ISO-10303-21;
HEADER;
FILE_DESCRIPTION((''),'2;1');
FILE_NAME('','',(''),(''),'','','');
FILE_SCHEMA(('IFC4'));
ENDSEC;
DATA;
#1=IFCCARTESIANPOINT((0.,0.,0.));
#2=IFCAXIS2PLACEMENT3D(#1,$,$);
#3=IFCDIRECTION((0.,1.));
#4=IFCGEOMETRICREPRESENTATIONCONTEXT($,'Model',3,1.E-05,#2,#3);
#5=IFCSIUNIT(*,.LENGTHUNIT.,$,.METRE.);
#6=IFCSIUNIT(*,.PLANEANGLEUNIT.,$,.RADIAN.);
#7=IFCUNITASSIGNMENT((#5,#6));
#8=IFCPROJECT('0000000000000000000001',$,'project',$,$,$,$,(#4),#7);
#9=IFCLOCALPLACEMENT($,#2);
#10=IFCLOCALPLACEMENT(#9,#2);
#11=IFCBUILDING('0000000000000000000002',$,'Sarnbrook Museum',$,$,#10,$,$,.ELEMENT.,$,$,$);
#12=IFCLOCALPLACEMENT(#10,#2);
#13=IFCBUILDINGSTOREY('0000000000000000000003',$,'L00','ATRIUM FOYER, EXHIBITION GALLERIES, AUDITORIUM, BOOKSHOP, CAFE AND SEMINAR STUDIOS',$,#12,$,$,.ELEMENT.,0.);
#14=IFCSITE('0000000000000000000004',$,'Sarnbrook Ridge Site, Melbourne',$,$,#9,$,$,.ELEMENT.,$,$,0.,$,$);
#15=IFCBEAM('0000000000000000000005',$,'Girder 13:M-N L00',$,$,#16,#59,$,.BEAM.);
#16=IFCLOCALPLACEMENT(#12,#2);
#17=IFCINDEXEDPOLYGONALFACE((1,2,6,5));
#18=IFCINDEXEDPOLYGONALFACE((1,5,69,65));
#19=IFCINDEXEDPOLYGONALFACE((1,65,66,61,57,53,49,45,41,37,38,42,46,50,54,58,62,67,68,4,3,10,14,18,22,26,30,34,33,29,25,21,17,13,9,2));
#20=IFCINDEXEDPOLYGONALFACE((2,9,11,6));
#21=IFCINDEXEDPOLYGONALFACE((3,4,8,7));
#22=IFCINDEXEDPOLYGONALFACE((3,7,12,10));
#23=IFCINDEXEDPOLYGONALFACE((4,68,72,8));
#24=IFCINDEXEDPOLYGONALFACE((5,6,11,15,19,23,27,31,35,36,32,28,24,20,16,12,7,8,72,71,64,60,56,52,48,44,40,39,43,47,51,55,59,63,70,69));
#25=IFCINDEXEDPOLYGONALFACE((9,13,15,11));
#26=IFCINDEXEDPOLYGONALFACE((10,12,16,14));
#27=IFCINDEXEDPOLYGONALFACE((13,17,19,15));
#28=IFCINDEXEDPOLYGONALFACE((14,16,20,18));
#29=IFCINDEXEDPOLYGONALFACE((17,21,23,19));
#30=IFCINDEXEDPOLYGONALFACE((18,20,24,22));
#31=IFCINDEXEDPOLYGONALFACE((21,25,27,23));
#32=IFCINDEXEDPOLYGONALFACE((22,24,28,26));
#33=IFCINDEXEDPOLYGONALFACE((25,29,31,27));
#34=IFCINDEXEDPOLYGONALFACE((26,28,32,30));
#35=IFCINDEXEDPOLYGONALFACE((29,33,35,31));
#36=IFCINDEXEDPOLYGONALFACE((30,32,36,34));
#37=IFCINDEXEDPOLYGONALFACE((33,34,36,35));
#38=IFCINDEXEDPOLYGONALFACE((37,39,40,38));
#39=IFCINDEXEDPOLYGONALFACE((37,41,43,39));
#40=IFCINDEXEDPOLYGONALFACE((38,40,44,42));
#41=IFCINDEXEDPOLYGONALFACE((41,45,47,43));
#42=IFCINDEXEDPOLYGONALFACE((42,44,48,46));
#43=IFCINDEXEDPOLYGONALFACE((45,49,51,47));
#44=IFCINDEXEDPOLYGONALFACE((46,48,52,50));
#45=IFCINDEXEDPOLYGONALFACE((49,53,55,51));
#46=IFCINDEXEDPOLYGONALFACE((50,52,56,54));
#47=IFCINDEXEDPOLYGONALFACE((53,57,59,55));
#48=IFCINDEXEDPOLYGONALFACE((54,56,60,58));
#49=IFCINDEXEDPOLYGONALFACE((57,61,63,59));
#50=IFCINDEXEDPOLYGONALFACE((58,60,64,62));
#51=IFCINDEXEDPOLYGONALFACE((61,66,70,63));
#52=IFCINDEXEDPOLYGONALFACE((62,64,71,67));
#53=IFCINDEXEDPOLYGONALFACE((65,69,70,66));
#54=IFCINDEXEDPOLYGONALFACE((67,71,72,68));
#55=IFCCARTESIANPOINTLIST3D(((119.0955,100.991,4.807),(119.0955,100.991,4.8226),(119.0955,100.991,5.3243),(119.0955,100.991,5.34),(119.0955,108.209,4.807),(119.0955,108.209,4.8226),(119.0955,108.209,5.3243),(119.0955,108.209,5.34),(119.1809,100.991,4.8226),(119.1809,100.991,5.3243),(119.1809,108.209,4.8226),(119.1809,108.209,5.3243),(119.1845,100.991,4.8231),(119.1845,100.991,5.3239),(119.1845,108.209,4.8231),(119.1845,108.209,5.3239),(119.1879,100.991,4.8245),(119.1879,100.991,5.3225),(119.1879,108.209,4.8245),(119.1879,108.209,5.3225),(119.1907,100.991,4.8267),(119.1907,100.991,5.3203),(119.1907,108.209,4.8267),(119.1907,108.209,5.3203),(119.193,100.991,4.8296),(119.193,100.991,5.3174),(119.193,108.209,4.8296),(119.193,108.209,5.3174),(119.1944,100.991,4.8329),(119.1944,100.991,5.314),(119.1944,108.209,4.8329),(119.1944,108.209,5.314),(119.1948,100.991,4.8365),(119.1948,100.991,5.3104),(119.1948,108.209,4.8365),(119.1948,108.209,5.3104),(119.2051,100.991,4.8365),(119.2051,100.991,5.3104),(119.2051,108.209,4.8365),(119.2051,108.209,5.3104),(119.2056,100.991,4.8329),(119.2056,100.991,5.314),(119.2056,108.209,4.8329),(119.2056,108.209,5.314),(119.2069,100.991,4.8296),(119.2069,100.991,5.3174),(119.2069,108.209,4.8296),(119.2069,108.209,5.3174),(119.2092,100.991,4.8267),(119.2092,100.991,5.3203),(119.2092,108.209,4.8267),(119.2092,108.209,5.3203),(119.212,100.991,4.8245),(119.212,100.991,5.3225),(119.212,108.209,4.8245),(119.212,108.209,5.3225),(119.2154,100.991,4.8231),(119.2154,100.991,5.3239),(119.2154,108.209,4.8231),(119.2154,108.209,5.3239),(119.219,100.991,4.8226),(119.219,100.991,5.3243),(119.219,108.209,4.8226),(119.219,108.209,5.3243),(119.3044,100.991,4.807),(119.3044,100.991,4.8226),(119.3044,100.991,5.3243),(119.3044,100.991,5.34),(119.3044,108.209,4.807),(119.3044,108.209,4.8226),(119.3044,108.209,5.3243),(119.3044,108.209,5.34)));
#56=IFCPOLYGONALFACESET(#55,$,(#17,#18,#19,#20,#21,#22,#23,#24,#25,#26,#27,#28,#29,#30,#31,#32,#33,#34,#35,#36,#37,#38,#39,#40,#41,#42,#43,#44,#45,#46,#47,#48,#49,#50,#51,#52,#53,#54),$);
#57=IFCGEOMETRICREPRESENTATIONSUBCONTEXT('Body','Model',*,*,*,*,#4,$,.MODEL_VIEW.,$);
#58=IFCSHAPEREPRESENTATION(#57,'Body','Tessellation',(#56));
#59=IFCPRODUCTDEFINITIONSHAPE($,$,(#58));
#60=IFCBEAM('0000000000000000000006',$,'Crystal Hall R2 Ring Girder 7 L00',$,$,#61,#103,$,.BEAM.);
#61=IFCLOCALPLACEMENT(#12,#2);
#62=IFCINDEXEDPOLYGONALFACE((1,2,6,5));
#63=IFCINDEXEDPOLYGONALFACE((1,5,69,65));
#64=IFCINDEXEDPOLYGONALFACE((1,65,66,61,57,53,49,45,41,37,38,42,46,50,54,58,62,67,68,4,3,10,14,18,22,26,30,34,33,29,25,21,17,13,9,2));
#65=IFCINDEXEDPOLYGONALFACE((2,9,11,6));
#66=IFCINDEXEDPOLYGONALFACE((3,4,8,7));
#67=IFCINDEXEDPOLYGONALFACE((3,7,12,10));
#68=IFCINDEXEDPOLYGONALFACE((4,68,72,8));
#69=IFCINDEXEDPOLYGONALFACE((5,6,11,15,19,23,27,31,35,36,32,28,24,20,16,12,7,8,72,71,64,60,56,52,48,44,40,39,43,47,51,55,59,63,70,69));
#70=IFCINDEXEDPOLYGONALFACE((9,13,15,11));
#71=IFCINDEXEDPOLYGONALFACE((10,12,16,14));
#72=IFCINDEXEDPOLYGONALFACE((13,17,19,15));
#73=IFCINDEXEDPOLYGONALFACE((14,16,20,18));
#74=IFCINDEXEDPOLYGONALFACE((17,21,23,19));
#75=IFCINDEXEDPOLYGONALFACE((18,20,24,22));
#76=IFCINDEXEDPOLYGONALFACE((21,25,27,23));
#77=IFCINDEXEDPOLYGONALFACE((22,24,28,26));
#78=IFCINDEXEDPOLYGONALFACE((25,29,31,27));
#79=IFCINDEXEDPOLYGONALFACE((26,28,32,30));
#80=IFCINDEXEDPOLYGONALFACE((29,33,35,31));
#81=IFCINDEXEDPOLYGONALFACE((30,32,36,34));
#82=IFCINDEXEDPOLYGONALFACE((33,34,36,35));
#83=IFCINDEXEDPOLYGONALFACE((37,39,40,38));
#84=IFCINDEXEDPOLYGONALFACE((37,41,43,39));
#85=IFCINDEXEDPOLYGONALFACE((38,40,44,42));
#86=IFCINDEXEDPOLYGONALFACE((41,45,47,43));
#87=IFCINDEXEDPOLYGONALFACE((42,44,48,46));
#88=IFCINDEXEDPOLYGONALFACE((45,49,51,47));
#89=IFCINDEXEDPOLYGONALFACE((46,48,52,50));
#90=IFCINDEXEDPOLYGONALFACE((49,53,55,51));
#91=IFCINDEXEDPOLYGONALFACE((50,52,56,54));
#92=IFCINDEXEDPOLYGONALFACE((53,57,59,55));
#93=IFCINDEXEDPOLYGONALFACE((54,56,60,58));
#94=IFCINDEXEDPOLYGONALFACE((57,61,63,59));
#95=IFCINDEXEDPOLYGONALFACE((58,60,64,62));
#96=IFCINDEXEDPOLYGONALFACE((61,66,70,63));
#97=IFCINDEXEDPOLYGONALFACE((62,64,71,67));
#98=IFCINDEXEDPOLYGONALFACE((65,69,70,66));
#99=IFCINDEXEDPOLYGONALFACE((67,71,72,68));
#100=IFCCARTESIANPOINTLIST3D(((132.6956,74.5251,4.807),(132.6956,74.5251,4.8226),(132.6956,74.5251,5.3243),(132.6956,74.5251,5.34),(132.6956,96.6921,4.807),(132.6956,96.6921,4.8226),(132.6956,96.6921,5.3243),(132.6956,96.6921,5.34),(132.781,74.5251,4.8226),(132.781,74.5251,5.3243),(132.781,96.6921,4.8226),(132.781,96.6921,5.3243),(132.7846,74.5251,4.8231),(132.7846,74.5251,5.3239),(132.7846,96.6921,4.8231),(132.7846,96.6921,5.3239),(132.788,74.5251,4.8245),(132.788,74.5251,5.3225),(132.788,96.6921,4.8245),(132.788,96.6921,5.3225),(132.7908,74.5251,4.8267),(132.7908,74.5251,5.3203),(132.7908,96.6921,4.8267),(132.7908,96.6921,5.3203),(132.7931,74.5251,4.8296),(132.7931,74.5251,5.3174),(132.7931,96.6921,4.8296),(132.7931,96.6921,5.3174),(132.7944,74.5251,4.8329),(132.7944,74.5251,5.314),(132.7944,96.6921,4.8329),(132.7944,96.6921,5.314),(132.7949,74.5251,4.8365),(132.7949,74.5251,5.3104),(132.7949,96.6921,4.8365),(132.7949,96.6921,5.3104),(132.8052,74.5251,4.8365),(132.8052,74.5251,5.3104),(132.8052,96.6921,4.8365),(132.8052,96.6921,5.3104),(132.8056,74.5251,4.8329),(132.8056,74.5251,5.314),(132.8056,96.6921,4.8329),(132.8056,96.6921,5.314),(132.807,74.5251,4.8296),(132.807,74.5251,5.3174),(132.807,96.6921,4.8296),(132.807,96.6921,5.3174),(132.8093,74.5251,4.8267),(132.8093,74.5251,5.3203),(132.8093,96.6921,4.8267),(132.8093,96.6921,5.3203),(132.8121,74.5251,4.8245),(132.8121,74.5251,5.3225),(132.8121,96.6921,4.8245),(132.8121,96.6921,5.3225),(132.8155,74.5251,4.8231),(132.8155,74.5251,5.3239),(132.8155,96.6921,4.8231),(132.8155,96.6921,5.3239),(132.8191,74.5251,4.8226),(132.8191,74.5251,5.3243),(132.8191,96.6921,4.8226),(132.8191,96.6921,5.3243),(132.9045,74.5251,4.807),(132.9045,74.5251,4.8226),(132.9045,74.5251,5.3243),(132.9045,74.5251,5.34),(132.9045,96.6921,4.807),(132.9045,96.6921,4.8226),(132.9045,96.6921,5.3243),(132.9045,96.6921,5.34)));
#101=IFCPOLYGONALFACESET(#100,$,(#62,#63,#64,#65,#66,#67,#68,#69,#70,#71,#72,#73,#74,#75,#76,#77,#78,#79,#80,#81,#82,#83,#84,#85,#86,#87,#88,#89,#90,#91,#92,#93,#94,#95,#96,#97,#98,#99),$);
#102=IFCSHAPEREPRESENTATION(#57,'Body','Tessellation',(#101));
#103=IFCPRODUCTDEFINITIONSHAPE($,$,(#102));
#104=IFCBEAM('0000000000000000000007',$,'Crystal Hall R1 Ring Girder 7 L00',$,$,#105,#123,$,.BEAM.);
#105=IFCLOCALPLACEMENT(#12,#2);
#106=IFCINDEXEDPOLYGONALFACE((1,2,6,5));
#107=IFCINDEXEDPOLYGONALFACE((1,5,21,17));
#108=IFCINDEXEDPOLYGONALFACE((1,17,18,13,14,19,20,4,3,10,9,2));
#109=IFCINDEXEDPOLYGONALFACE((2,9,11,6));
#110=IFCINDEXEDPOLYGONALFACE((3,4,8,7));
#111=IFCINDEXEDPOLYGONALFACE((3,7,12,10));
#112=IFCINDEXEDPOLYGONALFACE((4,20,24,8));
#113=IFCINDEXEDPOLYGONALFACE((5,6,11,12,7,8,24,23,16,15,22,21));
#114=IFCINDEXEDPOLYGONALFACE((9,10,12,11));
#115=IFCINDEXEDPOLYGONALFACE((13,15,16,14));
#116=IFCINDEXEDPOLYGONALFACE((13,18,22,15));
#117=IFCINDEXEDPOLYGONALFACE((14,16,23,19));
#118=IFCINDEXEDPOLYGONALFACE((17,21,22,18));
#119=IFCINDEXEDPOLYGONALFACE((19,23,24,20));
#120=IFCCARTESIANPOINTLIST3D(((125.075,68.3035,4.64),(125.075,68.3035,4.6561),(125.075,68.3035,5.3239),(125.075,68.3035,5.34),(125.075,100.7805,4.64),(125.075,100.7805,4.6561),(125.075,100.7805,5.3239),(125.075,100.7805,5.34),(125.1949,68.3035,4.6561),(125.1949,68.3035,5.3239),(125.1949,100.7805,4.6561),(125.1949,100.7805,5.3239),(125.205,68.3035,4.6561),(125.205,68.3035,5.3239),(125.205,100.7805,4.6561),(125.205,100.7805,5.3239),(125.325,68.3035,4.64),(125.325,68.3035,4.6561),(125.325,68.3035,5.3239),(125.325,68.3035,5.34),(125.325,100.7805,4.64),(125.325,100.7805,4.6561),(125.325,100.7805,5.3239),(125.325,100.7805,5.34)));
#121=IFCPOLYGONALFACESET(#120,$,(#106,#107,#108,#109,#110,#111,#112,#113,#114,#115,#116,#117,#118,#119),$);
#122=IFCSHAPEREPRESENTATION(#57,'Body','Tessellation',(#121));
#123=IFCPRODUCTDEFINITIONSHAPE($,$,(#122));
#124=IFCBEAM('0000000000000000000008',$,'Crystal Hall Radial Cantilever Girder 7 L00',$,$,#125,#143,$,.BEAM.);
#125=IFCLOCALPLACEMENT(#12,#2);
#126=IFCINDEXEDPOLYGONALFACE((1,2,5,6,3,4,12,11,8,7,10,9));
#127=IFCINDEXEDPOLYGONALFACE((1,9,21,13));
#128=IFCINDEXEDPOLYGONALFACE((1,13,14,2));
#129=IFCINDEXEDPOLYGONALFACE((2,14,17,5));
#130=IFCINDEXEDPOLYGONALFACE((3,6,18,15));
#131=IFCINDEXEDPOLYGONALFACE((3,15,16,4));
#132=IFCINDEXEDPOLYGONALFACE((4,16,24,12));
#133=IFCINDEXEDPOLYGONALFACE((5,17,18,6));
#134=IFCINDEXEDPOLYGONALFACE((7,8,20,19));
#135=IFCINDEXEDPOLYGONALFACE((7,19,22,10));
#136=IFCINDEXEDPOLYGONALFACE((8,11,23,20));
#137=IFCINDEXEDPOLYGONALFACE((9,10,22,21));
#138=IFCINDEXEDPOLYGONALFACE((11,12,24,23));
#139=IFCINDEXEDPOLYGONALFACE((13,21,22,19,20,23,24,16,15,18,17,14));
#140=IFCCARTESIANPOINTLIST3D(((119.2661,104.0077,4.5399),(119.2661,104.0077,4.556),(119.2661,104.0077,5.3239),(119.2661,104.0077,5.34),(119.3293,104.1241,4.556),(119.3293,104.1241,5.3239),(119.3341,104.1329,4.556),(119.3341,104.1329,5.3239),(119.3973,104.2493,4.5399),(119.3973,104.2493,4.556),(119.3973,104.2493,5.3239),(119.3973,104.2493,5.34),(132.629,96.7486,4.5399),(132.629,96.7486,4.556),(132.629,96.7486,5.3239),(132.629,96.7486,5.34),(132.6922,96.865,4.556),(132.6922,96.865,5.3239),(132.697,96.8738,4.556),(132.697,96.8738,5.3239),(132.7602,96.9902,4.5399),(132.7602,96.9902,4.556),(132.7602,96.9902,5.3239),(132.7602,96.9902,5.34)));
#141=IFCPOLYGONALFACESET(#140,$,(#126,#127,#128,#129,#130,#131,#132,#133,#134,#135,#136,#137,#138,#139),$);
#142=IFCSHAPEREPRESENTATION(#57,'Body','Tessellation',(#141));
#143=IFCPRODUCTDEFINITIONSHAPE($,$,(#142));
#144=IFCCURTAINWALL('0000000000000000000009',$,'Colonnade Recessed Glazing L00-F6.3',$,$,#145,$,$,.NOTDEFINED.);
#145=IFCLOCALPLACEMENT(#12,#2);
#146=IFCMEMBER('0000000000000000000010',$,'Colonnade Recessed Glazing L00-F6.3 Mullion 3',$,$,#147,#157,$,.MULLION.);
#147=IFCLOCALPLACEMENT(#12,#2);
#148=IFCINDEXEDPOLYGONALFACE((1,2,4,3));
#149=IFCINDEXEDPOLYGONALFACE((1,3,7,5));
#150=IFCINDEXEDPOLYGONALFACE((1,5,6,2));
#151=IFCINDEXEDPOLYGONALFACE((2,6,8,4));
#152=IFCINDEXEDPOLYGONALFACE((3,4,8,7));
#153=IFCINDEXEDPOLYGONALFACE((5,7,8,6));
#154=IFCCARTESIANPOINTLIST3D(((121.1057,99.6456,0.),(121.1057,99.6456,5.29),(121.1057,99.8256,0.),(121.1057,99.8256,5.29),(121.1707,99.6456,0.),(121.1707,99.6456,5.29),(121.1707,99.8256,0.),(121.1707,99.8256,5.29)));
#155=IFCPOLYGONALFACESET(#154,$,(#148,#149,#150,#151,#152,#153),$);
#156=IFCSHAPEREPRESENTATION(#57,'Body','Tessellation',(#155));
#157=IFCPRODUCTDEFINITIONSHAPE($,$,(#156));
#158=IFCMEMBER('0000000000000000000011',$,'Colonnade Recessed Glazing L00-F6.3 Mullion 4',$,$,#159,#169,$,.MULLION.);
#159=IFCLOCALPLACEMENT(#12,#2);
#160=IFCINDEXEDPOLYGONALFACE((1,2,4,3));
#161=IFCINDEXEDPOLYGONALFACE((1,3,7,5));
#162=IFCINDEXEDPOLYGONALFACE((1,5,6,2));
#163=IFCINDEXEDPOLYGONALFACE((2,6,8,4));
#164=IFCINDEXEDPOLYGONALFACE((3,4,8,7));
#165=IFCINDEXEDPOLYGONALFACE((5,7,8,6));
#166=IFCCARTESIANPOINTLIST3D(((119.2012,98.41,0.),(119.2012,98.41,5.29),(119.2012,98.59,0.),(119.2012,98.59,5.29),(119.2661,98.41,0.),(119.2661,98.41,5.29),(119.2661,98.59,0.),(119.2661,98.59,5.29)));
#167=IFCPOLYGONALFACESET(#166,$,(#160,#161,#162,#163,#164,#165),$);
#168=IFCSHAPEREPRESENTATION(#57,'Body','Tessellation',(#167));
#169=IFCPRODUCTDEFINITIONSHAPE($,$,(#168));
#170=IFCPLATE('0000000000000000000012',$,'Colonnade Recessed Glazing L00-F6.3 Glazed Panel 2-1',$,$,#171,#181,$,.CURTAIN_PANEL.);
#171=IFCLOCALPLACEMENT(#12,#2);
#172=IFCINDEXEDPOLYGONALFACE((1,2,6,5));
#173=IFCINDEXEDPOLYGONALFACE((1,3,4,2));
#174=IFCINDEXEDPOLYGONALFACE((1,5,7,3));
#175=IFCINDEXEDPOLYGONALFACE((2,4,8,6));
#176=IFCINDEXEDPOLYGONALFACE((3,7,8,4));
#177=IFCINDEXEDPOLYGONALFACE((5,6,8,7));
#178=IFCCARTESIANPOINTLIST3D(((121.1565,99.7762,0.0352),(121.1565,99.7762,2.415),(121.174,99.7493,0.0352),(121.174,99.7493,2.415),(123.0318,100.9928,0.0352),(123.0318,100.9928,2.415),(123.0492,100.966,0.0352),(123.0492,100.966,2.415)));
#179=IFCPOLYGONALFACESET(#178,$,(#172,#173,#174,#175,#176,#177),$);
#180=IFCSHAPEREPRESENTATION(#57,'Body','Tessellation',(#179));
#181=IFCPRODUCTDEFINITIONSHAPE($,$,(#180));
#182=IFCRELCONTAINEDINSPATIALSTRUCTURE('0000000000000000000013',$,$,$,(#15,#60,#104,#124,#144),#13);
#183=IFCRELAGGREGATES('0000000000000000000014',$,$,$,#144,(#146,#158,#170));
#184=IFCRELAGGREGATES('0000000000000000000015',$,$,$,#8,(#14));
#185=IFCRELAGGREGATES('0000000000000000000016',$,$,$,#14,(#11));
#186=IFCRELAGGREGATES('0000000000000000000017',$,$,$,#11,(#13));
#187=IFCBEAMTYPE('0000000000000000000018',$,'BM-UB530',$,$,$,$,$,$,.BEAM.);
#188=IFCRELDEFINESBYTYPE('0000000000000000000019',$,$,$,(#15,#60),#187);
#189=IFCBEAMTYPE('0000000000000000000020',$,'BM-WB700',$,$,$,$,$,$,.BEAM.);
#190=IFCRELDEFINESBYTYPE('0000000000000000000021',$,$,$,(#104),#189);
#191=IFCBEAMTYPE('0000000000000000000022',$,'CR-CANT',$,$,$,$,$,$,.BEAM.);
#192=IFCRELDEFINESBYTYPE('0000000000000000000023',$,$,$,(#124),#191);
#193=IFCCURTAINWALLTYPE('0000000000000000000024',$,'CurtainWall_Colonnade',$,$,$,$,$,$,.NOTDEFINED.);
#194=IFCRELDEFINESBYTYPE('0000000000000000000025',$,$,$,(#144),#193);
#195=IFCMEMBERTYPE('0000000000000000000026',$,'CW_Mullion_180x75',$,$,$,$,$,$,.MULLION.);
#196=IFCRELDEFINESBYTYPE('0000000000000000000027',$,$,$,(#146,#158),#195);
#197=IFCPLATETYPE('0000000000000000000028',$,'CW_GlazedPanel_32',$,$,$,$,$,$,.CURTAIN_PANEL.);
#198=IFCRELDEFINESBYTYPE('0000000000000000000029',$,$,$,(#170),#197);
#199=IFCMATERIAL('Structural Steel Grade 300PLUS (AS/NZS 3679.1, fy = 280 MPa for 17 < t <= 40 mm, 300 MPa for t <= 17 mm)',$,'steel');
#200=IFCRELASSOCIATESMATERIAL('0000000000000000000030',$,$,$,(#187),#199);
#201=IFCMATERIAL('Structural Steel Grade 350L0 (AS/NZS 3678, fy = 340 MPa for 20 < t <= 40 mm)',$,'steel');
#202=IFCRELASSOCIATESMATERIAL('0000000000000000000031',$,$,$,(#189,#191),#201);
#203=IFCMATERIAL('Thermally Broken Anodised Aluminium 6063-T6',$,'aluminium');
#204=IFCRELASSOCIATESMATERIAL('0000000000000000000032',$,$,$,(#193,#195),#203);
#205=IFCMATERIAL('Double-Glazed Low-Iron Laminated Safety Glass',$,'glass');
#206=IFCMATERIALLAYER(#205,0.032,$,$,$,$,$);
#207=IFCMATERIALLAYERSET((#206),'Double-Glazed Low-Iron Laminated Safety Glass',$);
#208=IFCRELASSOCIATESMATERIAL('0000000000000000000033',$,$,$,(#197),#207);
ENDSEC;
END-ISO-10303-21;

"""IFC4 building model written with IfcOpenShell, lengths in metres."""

from ifc_helpers import new_model, si_unit, direction, frame, origin, origin_2d, place, context, subcontext, project, spatial, rectangle, i_section, extrude, material, layer, layer_set, material_profile, profile_set, type_object, element, aggregate, save


model = new_model("IFC4")

# Units and contexts
model_context = context("Model", 3, precision=1e-05, world=origin(), true_north=direction((0.0, 1.0)))
body_context = subcontext(model_context, "Body", "Model", "MODEL_VIEW")
ifc_project = project(units=[si_unit("LENGTHUNIT", "METRE"), si_unit("PLANEANGLEUNIT", "RADIAN")], contexts=[model_context])

# Site, building, storey
site_placement = place(None, origin())
site = spatial("IfcSite", under=ifc_project, at=site_placement, Name="Sarnbrook Ridge Site, Melbourne", CompositionType="ELEMENT", RefElevation=0.0)
building_placement = place(site_placement, origin())
building = spatial("IfcBuilding", under=site, at=building_placement, Name="Sarnbrook Museum", CompositionType="ELEMENT")
storey_placement = place(building_placement, origin())
storey = spatial("IfcBuildingStorey", under=building, at=storey_placement, Name="L00", Description="ATRIUM FOYER, EXHIBITION GALLERIES, AUDITORIUM, BOOKSHOP, CAFE AND SEMINAR STUDIOS", CompositionType="ELEMENT", Elevation=0.0)

# Shared definitions
ifc_material_1 = material(Name="Structural Steel Grade 350L0 (AS/NZS 3678, fy = 340 MPa for 20 < t <= 40 mm)", Category="steel")

# Beams
ifc_material_2 = material(Name="Structural Steel Grade 300PLUS (AS/NZS 3679.1, fy = 280 MPa for 17 < t <= 40 mm, 300 MPa for t <= 17 mm)", Category="steel")
ifc_material_profile_1 = material_profile(ifc_material_2, i_section(OverallWidth=0.209, OverallDepth=0.533, WebThickness=0.0103, FlangeThickness=0.0156, FilletRadius=0.0139, at=origin_2d()), Name="530UB92.4")
ifc_profile_set_1 = profile_set([ifc_material_profile_1], Name="Structural Steel Grade 300PLUS (AS/NZS 3679.1, fy = 280 MPa for 17 < t <= 40 mm, 300 MPa for t <= 17 mm)")
beam_type_1 = type_object("IfcBeamType", Name="BM-UB530", PredefinedType="BEAM", material=ifc_profile_set_1)
beam_1_placement = place(storey_placement, frame((119.2, 100.991, 5.0735), z_axis=(0.0, 1.0, 0.0), x_axis=(-1.0, 0.0, 0.0)))
element("IfcBeam", 1, at=beam_1_placement, inside=storey, type_object=beam_type_1, Name="Girder 13:M-N L00", PredefinedType="BEAM", context=body_context, shape_type="SweptSolid", body=[
    extrude(i_section(OverallWidth=0.209, OverallDepth=0.533, WebThickness=0.0103, FlangeThickness=0.0156, FilletRadius=0.0139, at=origin_2d()), origin(), (0.0, 0.0, 1.0), 7.218),
])
beam_2_placement = place(storey_placement, frame((132.8, 96.6921, 5.0735), z_axis=(0.0, -1.0, 0.0), x_axis=(1.0, 0.0, 0.0)))
element("IfcBeam", 2, at=beam_2_placement, inside=storey, type_object=beam_type_1, Name="Crystal Hall R2 Ring Girder 7 L00", PredefinedType="BEAM", context=body_context, shape_type="SweptSolid", body=[
    extrude(i_section(OverallWidth=0.209, OverallDepth=0.533, WebThickness=0.0103, FlangeThickness=0.0156, FilletRadius=0.0139, at=origin_2d()), origin(), (0.0, 0.0, 1.0), 22.167),
])
ifc_material_profile_2 = material_profile(ifc_material_1, i_section(OverallWidth=0.25, OverallDepth=0.7, WebThickness=0.01, FlangeThickness=0.0161, at=origin_2d()), Name="700WB130")
ifc_profile_set_2 = profile_set([ifc_material_profile_2], Name="Structural Steel Grade 350L0 (AS/NZS 3678, fy = 340 MPa for 20 < t <= 40 mm)")
beam_type_2 = type_object("IfcBeamType", Name="BM-WB700", PredefinedType="BEAM", material=ifc_profile_set_2)
beam_3_placement = place(storey_placement, frame((125.2, 100.7805, 4.99), z_axis=(0.0, -1.0, 0.0), x_axis=(1.0, 0.0, 0.0)))
element("IfcBeam", 3, at=beam_3_placement, inside=storey, type_object=beam_type_2, Name="Crystal Hall R1 Ring Girder 7 L00", PredefinedType="BEAM", context=body_context, shape_type="SweptSolid", body=[
    extrude(i_section(OverallWidth=0.25, OverallDepth=0.7, WebThickness=0.01, FlangeThickness=0.0161, at=origin_2d()), origin(), (0.0, 0.0, 1.0), 32.4771),
])
ifc_material_profile_3 = material_profile(ifc_material_1, i_section(OverallWidth=0.2749, OverallDepth=0.8, WebThickness=0.01, FlangeThickness=0.0161, at=origin_2d()), Name="800WB146")
ifc_profile_set_3 = profile_set([ifc_material_profile_3], Name="Structural Steel Grade 350L0 (AS/NZS 3678, fy = 340 MPa for 20 < t <= 40 mm)")
beam_type_3 = type_object("IfcBeamType", Name="CR-CANT", PredefinedType="BEAM", material=ifc_profile_set_3)
beam_4_placement = place(storey_placement, frame((132.6946, 96.8694, 4.9399), z_axis=(-0.878717, 0.477343, 0.0), x_axis=(-0.477343, -0.878717, 0.0)))
element("IfcBeam", 4, at=beam_4_placement, inside=storey, type_object=beam_type_3, Name="Crystal Hall Radial Cantilever Girder 7 L00", PredefinedType="BEAM", context=body_context, shape_type="SweptSolid", body=[
    extrude(i_section(OverallWidth=0.2749, OverallDepth=0.8, WebThickness=0.01, FlangeThickness=0.0161, at=origin_2d()), origin(), (0.0, 0.0, 1.0), 15.2073),
])

# Curtain wall, members, plate
ifc_material_3 = material(Name="Thermally Broken Anodised Aluminium 6063-T6", Category="aluminium")
curtain_wall_type = type_object("IfcCurtainWallType", Name="CurtainWall_Colonnade", PredefinedType="NOTDEFINED", material=ifc_material_3)
curtain_wall_placement = place(storey_placement, origin())
curtain_wall = element("IfcCurtainWall", 5, at=curtain_wall_placement, inside=storey, type_object=curtain_wall_type, Name="Colonnade Recessed Glazing L00-F6.3", PredefinedType="NOTDEFINED")
ifc_material_profile_4 = material_profile(ifc_material_3, rectangle(XDim=0.0649, YDim=0.1799, at=origin_2d()), Name="ALU MULLION 65x180")
ifc_profile_set_4 = profile_set([ifc_material_profile_4], Name="Thermally Broken Anodised Aluminium 6063-T6")
member_type = type_object("IfcMemberType", Name="CW_Mullion_180x75", PredefinedType="MULLION", material=ifc_profile_set_4)
member_1_placement = place(storey_placement, frame((121.1382, 99.7356, 0.0), z_axis=(0.0, 0.0, 1.0), x_axis=(1.0, 0.0, 0.0)))
member_1 = element("IfcMember", 6, at=member_1_placement, type_object=member_type, Name="Colonnade Recessed Glazing L00-F6.3 Mullion 3", PredefinedType="MULLION", context=body_context, shape_type="SweptSolid", body=[
    extrude(rectangle(XDim=0.0649, YDim=0.1799, at=origin_2d()), origin(), (0.0, 0.0, 1.0), 5.29),
])
member_2_placement = place(storey_placement, frame((119.2336, 98.5, 0.0), z_axis=(0.0, 0.0, 1.0), x_axis=(1.0, 0.0, 0.0)))
member_2 = element("IfcMember", 7, at=member_2_placement, type_object=member_type, Name="Colonnade Recessed Glazing L00-F6.3 Mullion 4", PredefinedType="MULLION", context=body_context, shape_type="SweptSolid", body=[
    extrude(rectangle(XDim=0.0649, YDim=0.1799, at=origin_2d()), origin(), (0.0, 0.0, 1.0), 5.29),
])
ifc_material_4 = material(Name="Double-Glazed Low-Iron Laminated Safety Glass", Category="glass")
ifc_layer_1 = layer(ifc_material_4, 0.032)
ifc_layer_set_1 = layer_set([ifc_layer_1], Name="Double-Glazed Low-Iron Laminated Safety Glass")
plate_type_1 = type_object("IfcPlateType", Name="CW_GlazedPanel_32", PredefinedType="CURTAIN_PANEL", material=ifc_layer_set_1)
plate_1_placement = place(storey_placement, frame((122.1116, 100.3577, 1.2251), z_axis=(-0.544286, 0.8389, 0.0), x_axis=(-0.8389, -0.544286, 0.0)))
plate_1 = element("IfcPlate", 8, at=plate_1_placement, type_object=plate_type_1, Name="Colonnade Recessed Glazing L00-F6.3 Glazed Panel 2-1", PredefinedType="CURTAIN_PANEL", context=body_context, shape_type="SweptSolid", body=[
    extrude(rectangle(XDim=2.2354, YDim=2.3799, at=origin_2d()), origin(), (0.0, 0.0, 1.0), 0.032),
])
aggregate(curtain_wall, [member_1, member_2, plate_1])

save(model, "model.ifc")
